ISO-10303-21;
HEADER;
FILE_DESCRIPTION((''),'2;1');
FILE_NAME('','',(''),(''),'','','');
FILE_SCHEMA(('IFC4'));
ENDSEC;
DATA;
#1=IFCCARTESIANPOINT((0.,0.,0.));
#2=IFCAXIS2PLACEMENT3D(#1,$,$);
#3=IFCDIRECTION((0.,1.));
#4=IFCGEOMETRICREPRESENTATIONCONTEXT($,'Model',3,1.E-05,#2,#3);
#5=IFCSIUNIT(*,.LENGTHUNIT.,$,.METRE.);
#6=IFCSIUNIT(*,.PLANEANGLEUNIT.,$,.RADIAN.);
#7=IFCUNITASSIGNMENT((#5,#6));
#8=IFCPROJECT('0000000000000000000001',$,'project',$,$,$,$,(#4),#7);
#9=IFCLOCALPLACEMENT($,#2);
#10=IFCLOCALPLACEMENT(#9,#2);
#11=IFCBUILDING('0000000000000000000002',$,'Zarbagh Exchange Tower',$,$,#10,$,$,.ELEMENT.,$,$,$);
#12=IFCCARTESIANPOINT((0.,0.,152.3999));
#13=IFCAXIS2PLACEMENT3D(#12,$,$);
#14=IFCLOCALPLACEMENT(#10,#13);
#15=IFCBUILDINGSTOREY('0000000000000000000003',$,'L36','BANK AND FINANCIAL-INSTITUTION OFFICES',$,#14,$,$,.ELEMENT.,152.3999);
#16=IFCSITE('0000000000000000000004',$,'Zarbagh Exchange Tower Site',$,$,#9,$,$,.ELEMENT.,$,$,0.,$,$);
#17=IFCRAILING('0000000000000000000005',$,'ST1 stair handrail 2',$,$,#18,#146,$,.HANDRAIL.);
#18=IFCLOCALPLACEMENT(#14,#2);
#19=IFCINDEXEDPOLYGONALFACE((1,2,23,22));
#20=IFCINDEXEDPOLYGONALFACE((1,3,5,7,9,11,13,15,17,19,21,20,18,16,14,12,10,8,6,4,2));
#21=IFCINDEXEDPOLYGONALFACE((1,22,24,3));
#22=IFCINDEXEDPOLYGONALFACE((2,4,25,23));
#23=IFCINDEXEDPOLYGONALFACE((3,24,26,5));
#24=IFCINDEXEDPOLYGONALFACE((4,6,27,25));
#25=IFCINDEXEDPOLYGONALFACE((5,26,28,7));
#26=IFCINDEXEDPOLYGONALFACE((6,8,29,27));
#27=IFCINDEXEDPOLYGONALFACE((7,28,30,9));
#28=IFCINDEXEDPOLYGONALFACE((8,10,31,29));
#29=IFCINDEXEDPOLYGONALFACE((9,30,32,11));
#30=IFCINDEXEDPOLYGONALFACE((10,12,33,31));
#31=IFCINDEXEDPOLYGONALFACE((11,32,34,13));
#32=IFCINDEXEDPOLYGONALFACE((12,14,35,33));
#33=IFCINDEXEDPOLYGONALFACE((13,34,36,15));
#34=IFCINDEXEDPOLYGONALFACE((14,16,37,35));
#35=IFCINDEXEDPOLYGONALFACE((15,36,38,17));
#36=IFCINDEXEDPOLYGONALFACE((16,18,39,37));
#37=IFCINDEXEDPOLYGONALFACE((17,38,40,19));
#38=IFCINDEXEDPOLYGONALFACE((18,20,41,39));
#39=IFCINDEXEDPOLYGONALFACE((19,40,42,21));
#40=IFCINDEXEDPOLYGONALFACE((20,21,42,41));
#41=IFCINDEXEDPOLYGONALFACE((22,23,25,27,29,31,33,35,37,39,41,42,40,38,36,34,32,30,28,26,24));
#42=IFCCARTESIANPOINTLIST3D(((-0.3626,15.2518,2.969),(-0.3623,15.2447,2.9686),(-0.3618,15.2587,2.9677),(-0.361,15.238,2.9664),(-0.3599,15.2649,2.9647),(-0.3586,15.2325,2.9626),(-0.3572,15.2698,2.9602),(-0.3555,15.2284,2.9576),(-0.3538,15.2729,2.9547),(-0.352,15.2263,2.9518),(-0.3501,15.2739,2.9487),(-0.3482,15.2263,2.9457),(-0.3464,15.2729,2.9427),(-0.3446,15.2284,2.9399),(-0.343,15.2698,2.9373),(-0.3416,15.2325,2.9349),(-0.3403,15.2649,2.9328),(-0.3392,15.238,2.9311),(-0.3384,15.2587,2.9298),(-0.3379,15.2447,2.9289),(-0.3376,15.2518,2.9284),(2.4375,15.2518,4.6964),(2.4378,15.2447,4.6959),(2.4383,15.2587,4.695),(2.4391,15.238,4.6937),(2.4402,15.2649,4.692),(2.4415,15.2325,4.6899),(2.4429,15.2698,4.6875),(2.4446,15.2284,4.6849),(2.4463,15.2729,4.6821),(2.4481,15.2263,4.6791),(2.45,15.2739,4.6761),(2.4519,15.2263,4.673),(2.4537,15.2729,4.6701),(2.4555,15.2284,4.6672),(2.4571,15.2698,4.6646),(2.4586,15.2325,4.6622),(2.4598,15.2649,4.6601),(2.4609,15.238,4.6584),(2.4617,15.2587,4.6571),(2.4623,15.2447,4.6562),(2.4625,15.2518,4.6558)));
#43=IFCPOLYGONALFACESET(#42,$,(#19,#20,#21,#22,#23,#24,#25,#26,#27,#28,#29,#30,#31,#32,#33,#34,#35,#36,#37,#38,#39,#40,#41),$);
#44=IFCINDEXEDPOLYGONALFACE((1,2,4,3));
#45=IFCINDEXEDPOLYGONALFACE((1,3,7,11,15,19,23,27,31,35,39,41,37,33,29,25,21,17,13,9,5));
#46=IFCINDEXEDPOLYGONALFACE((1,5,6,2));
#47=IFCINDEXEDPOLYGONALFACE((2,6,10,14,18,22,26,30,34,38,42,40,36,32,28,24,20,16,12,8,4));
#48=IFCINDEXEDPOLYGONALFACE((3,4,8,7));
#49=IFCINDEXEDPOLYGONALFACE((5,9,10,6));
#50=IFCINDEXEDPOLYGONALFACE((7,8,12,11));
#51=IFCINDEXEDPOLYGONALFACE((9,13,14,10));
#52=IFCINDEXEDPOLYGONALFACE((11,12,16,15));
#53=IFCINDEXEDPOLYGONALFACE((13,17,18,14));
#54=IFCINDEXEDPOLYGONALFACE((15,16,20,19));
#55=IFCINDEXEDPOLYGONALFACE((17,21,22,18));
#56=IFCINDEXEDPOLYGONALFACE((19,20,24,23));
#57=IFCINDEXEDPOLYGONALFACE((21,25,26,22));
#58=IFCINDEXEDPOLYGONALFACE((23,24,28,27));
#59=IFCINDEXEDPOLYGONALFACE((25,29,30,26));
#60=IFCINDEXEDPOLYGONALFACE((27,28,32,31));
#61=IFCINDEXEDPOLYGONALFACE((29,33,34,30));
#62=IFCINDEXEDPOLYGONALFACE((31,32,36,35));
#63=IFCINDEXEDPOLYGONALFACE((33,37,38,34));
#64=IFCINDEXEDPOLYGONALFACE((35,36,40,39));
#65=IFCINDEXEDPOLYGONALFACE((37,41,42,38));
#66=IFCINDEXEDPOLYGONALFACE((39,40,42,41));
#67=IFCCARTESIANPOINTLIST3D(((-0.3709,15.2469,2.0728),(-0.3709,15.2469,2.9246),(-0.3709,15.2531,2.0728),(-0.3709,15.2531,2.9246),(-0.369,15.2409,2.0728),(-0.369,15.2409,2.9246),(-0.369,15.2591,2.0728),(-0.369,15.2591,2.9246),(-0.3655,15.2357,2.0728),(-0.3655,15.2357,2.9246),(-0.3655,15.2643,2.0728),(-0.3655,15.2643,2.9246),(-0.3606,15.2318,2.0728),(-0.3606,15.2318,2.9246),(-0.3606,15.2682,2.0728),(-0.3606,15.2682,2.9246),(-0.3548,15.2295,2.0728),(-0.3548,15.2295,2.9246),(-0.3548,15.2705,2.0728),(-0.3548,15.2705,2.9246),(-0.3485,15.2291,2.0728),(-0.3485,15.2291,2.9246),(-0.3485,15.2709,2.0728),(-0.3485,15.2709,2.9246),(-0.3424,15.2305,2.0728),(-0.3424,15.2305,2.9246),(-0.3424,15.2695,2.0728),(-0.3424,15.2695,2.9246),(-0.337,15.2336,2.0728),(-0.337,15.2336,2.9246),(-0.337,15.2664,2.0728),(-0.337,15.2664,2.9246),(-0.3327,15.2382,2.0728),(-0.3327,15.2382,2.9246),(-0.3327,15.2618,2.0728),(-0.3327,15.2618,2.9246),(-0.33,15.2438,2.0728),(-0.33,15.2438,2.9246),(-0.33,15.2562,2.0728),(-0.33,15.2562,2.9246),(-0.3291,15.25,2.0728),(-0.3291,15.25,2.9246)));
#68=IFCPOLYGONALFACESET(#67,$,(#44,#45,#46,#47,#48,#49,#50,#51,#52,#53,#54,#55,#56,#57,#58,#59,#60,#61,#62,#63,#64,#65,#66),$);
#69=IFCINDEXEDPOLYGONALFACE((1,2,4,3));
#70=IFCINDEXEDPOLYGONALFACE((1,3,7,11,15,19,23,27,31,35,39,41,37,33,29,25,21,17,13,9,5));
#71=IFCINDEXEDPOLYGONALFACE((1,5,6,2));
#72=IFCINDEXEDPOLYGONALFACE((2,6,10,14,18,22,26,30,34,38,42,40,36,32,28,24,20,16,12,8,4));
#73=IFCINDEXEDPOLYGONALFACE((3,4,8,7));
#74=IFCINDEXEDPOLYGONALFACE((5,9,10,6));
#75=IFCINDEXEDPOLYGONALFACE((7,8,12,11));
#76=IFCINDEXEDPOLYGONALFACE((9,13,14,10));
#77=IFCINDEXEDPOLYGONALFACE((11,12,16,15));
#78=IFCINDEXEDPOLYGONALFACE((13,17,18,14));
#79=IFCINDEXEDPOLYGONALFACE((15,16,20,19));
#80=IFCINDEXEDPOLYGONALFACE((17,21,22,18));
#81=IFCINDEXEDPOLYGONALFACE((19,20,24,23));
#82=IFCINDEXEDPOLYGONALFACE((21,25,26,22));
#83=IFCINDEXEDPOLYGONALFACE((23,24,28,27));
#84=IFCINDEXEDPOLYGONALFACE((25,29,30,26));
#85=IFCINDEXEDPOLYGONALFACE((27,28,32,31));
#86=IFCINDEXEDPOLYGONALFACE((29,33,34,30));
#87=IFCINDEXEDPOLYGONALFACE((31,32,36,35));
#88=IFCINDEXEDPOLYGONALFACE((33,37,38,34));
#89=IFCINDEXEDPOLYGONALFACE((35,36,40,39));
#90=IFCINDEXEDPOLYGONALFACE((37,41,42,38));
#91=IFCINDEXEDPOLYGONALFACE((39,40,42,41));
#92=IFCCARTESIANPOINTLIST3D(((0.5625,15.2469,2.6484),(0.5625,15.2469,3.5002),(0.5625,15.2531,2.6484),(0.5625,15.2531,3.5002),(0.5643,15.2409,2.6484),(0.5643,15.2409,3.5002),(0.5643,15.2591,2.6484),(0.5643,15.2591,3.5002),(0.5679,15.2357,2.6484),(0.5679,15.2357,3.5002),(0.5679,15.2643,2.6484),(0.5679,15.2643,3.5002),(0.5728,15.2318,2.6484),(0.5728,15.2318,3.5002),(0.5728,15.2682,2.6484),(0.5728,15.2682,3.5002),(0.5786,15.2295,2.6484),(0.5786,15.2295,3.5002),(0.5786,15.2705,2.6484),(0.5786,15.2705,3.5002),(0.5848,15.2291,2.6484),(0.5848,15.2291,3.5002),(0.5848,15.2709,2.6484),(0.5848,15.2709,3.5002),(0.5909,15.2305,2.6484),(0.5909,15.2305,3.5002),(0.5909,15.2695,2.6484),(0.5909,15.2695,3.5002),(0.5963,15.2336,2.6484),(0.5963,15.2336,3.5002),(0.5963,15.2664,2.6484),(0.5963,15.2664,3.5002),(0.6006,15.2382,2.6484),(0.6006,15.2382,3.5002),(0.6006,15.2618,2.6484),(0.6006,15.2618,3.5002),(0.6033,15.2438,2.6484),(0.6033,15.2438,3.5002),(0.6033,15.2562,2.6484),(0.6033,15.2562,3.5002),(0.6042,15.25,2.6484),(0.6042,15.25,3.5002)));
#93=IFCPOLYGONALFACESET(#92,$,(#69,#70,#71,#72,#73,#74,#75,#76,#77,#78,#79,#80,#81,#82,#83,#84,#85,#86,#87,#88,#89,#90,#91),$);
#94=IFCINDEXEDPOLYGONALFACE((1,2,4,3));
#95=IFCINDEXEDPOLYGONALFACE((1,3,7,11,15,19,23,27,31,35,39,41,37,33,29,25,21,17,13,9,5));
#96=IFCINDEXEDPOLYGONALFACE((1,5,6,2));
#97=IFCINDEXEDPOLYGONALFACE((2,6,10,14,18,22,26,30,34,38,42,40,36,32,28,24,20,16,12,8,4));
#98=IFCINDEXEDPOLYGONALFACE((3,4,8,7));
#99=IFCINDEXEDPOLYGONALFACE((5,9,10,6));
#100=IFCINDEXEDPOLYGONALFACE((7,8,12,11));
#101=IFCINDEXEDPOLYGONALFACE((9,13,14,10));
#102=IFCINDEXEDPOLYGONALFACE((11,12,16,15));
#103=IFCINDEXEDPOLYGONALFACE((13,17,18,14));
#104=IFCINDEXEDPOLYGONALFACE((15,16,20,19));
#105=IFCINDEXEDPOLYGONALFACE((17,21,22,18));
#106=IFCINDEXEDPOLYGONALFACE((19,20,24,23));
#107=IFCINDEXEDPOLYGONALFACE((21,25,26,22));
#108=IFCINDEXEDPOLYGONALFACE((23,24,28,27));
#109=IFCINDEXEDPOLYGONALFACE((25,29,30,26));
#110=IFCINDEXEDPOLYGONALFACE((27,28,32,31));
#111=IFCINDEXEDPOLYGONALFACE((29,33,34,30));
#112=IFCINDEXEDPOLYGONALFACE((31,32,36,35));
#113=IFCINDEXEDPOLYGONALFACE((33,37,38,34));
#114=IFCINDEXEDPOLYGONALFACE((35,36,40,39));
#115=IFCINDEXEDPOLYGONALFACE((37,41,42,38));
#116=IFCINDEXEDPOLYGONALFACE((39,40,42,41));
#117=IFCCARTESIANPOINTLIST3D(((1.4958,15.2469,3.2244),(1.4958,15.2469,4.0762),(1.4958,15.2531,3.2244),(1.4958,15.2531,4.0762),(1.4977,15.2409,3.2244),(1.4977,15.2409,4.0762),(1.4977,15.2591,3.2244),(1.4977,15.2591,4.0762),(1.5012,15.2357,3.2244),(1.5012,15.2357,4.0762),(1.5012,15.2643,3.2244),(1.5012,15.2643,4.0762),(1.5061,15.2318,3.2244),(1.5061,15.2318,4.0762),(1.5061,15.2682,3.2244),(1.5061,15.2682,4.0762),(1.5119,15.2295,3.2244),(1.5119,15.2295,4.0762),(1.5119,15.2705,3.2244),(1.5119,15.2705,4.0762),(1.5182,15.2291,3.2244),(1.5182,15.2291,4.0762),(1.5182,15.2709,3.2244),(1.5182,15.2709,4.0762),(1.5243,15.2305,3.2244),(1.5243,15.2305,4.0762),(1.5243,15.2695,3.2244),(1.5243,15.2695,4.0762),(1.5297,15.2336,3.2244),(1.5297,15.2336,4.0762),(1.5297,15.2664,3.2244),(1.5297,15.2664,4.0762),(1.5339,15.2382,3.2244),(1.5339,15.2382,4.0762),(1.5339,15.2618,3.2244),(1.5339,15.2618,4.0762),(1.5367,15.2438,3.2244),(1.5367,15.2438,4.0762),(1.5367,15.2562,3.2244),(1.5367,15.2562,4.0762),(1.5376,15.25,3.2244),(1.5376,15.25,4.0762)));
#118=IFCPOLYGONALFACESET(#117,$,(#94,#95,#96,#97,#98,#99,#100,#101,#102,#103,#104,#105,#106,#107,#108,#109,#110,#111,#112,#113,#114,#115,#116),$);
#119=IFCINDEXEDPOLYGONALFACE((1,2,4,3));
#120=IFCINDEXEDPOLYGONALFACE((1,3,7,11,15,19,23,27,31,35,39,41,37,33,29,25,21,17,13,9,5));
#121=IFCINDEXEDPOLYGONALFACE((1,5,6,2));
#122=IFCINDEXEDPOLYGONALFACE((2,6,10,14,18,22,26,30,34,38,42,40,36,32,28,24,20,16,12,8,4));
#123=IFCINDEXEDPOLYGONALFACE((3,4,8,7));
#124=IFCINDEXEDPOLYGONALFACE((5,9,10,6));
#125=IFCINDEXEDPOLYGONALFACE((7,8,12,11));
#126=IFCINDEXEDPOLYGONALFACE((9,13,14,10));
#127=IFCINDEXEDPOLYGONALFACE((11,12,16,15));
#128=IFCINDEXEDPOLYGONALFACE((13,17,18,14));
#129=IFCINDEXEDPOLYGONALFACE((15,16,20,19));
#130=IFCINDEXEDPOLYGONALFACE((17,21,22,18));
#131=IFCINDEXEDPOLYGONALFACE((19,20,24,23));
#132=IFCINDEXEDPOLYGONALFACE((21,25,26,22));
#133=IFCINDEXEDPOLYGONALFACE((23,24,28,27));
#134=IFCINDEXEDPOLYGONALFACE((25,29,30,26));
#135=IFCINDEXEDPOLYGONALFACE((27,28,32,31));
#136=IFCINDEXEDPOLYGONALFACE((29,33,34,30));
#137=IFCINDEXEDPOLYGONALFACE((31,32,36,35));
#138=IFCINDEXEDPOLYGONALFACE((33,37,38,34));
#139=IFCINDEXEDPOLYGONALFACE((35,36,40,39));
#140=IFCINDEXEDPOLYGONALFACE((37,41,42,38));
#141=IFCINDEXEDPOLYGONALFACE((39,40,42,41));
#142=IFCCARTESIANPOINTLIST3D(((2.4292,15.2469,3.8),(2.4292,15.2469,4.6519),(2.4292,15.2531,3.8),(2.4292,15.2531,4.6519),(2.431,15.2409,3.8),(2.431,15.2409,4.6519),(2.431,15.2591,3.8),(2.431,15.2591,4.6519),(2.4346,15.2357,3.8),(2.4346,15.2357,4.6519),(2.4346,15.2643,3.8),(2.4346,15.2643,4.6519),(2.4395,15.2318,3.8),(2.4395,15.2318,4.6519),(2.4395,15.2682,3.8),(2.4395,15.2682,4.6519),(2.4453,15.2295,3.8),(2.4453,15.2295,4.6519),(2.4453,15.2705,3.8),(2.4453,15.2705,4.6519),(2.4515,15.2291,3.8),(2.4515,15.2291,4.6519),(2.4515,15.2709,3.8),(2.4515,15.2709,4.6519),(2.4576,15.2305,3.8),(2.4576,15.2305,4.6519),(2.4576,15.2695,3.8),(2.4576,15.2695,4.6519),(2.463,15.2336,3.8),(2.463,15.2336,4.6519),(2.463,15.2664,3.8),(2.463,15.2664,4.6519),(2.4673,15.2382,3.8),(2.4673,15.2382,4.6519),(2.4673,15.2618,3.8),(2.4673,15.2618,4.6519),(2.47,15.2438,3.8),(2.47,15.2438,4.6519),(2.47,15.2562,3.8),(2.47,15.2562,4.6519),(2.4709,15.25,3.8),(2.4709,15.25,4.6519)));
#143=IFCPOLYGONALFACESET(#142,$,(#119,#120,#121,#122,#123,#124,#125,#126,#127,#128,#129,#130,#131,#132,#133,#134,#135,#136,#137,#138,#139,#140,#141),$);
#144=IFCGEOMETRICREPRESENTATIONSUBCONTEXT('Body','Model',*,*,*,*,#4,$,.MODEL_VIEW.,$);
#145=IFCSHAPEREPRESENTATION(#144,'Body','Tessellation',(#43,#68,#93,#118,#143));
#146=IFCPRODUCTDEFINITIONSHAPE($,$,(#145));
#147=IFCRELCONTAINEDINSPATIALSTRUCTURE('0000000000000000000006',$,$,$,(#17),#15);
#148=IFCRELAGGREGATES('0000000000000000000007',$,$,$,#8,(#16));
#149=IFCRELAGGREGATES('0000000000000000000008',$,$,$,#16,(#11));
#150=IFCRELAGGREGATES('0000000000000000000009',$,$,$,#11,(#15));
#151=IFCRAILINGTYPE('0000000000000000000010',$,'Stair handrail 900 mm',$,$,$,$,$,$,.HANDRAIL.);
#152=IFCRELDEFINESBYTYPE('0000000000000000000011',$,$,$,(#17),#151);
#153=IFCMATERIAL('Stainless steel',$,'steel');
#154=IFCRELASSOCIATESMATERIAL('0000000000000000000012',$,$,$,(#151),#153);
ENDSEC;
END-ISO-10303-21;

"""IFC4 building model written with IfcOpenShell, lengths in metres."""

from ifc_helpers import new_model, si_unit, direction, frame, origin, origin_2d, place, context, subcontext, project, spatial, circle, extrude, material, type_object, element, save


model = new_model("IFC4")

# Units and contexts
model_context = context("Model", 3, precision=1e-05, world=origin(), true_north=direction((0.0, 1.0)))
body_context = subcontext(model_context, "Body", "Model", "MODEL_VIEW")
ifc_project = project(units=[si_unit("LENGTHUNIT", "METRE"), si_unit("PLANEANGLEUNIT", "RADIAN")], contexts=[model_context])

# Site, building, storey
site_placement = place(None, origin())
site = spatial("IfcSite", under=ifc_project, at=site_placement, Name="Zarbagh Exchange Tower Site", CompositionType="ELEMENT", RefElevation=0.0)
building_placement = place(site_placement, origin())
building = spatial("IfcBuilding", under=site, at=building_placement, Name="Zarbagh Exchange Tower", CompositionType="ELEMENT")
storey_placement = place(building_placement, frame((0.0, 0.0, 152.3999)))
storey = spatial("IfcBuildingStorey", under=building, at=storey_placement, Name="L36", Description="BANK AND FINANCIAL-INSTITUTION OFFICES", CompositionType="ELEMENT", Elevation=152.3999)

# Railing
ifc_material_1 = material(Name="Stainless steel", Category="steel")
railing_type_1 = type_object("IfcRailingType", Name="Stair handrail 900 mm", PredefinedType="HANDRAIL", material=ifc_material_1)
railing_1_placement = place(storey_placement, frame((-0.3501, 15.25, 2.0728)))
element("IfcRailing", 1, at=railing_1_placement, inside=storey, type_object=railing_type_1, Name="ST1 stair handrail 2", PredefinedType="HANDRAIL", context=body_context, shape_type="SweptSolid", body=[
    extrude(circle(Radius=0.0239, at=origin_2d()), frame((0.0, 0.0, 0.876), z_axis=(0.85109, 0.0, 0.52502), x_axis=(0.0, 1.0, 0.0)), (0.0, 0.0, 1.0), 3.29),
    extrude(circle(Radius=0.021, at=origin_2d()), origin(), (0.0, 0.0, 1.0), 0.8518),
    extrude(circle(Radius=0.021, at=origin_2d()), frame((0.9333, 0.0, 0.5757)), (0.0, 0.0, 1.0), 0.8518),
    extrude(circle(Radius=0.021, at=origin_2d()), frame((1.8667, 0.0, 1.1516)), (0.0, 0.0, 1.0), 0.8518),
    extrude(circle(Radius=0.021, at=origin_2d()), frame((2.8, 0.0, 1.7273)), (0.0, 0.0, 1.0), 0.8518),
])

save(model, "model.ifc")
